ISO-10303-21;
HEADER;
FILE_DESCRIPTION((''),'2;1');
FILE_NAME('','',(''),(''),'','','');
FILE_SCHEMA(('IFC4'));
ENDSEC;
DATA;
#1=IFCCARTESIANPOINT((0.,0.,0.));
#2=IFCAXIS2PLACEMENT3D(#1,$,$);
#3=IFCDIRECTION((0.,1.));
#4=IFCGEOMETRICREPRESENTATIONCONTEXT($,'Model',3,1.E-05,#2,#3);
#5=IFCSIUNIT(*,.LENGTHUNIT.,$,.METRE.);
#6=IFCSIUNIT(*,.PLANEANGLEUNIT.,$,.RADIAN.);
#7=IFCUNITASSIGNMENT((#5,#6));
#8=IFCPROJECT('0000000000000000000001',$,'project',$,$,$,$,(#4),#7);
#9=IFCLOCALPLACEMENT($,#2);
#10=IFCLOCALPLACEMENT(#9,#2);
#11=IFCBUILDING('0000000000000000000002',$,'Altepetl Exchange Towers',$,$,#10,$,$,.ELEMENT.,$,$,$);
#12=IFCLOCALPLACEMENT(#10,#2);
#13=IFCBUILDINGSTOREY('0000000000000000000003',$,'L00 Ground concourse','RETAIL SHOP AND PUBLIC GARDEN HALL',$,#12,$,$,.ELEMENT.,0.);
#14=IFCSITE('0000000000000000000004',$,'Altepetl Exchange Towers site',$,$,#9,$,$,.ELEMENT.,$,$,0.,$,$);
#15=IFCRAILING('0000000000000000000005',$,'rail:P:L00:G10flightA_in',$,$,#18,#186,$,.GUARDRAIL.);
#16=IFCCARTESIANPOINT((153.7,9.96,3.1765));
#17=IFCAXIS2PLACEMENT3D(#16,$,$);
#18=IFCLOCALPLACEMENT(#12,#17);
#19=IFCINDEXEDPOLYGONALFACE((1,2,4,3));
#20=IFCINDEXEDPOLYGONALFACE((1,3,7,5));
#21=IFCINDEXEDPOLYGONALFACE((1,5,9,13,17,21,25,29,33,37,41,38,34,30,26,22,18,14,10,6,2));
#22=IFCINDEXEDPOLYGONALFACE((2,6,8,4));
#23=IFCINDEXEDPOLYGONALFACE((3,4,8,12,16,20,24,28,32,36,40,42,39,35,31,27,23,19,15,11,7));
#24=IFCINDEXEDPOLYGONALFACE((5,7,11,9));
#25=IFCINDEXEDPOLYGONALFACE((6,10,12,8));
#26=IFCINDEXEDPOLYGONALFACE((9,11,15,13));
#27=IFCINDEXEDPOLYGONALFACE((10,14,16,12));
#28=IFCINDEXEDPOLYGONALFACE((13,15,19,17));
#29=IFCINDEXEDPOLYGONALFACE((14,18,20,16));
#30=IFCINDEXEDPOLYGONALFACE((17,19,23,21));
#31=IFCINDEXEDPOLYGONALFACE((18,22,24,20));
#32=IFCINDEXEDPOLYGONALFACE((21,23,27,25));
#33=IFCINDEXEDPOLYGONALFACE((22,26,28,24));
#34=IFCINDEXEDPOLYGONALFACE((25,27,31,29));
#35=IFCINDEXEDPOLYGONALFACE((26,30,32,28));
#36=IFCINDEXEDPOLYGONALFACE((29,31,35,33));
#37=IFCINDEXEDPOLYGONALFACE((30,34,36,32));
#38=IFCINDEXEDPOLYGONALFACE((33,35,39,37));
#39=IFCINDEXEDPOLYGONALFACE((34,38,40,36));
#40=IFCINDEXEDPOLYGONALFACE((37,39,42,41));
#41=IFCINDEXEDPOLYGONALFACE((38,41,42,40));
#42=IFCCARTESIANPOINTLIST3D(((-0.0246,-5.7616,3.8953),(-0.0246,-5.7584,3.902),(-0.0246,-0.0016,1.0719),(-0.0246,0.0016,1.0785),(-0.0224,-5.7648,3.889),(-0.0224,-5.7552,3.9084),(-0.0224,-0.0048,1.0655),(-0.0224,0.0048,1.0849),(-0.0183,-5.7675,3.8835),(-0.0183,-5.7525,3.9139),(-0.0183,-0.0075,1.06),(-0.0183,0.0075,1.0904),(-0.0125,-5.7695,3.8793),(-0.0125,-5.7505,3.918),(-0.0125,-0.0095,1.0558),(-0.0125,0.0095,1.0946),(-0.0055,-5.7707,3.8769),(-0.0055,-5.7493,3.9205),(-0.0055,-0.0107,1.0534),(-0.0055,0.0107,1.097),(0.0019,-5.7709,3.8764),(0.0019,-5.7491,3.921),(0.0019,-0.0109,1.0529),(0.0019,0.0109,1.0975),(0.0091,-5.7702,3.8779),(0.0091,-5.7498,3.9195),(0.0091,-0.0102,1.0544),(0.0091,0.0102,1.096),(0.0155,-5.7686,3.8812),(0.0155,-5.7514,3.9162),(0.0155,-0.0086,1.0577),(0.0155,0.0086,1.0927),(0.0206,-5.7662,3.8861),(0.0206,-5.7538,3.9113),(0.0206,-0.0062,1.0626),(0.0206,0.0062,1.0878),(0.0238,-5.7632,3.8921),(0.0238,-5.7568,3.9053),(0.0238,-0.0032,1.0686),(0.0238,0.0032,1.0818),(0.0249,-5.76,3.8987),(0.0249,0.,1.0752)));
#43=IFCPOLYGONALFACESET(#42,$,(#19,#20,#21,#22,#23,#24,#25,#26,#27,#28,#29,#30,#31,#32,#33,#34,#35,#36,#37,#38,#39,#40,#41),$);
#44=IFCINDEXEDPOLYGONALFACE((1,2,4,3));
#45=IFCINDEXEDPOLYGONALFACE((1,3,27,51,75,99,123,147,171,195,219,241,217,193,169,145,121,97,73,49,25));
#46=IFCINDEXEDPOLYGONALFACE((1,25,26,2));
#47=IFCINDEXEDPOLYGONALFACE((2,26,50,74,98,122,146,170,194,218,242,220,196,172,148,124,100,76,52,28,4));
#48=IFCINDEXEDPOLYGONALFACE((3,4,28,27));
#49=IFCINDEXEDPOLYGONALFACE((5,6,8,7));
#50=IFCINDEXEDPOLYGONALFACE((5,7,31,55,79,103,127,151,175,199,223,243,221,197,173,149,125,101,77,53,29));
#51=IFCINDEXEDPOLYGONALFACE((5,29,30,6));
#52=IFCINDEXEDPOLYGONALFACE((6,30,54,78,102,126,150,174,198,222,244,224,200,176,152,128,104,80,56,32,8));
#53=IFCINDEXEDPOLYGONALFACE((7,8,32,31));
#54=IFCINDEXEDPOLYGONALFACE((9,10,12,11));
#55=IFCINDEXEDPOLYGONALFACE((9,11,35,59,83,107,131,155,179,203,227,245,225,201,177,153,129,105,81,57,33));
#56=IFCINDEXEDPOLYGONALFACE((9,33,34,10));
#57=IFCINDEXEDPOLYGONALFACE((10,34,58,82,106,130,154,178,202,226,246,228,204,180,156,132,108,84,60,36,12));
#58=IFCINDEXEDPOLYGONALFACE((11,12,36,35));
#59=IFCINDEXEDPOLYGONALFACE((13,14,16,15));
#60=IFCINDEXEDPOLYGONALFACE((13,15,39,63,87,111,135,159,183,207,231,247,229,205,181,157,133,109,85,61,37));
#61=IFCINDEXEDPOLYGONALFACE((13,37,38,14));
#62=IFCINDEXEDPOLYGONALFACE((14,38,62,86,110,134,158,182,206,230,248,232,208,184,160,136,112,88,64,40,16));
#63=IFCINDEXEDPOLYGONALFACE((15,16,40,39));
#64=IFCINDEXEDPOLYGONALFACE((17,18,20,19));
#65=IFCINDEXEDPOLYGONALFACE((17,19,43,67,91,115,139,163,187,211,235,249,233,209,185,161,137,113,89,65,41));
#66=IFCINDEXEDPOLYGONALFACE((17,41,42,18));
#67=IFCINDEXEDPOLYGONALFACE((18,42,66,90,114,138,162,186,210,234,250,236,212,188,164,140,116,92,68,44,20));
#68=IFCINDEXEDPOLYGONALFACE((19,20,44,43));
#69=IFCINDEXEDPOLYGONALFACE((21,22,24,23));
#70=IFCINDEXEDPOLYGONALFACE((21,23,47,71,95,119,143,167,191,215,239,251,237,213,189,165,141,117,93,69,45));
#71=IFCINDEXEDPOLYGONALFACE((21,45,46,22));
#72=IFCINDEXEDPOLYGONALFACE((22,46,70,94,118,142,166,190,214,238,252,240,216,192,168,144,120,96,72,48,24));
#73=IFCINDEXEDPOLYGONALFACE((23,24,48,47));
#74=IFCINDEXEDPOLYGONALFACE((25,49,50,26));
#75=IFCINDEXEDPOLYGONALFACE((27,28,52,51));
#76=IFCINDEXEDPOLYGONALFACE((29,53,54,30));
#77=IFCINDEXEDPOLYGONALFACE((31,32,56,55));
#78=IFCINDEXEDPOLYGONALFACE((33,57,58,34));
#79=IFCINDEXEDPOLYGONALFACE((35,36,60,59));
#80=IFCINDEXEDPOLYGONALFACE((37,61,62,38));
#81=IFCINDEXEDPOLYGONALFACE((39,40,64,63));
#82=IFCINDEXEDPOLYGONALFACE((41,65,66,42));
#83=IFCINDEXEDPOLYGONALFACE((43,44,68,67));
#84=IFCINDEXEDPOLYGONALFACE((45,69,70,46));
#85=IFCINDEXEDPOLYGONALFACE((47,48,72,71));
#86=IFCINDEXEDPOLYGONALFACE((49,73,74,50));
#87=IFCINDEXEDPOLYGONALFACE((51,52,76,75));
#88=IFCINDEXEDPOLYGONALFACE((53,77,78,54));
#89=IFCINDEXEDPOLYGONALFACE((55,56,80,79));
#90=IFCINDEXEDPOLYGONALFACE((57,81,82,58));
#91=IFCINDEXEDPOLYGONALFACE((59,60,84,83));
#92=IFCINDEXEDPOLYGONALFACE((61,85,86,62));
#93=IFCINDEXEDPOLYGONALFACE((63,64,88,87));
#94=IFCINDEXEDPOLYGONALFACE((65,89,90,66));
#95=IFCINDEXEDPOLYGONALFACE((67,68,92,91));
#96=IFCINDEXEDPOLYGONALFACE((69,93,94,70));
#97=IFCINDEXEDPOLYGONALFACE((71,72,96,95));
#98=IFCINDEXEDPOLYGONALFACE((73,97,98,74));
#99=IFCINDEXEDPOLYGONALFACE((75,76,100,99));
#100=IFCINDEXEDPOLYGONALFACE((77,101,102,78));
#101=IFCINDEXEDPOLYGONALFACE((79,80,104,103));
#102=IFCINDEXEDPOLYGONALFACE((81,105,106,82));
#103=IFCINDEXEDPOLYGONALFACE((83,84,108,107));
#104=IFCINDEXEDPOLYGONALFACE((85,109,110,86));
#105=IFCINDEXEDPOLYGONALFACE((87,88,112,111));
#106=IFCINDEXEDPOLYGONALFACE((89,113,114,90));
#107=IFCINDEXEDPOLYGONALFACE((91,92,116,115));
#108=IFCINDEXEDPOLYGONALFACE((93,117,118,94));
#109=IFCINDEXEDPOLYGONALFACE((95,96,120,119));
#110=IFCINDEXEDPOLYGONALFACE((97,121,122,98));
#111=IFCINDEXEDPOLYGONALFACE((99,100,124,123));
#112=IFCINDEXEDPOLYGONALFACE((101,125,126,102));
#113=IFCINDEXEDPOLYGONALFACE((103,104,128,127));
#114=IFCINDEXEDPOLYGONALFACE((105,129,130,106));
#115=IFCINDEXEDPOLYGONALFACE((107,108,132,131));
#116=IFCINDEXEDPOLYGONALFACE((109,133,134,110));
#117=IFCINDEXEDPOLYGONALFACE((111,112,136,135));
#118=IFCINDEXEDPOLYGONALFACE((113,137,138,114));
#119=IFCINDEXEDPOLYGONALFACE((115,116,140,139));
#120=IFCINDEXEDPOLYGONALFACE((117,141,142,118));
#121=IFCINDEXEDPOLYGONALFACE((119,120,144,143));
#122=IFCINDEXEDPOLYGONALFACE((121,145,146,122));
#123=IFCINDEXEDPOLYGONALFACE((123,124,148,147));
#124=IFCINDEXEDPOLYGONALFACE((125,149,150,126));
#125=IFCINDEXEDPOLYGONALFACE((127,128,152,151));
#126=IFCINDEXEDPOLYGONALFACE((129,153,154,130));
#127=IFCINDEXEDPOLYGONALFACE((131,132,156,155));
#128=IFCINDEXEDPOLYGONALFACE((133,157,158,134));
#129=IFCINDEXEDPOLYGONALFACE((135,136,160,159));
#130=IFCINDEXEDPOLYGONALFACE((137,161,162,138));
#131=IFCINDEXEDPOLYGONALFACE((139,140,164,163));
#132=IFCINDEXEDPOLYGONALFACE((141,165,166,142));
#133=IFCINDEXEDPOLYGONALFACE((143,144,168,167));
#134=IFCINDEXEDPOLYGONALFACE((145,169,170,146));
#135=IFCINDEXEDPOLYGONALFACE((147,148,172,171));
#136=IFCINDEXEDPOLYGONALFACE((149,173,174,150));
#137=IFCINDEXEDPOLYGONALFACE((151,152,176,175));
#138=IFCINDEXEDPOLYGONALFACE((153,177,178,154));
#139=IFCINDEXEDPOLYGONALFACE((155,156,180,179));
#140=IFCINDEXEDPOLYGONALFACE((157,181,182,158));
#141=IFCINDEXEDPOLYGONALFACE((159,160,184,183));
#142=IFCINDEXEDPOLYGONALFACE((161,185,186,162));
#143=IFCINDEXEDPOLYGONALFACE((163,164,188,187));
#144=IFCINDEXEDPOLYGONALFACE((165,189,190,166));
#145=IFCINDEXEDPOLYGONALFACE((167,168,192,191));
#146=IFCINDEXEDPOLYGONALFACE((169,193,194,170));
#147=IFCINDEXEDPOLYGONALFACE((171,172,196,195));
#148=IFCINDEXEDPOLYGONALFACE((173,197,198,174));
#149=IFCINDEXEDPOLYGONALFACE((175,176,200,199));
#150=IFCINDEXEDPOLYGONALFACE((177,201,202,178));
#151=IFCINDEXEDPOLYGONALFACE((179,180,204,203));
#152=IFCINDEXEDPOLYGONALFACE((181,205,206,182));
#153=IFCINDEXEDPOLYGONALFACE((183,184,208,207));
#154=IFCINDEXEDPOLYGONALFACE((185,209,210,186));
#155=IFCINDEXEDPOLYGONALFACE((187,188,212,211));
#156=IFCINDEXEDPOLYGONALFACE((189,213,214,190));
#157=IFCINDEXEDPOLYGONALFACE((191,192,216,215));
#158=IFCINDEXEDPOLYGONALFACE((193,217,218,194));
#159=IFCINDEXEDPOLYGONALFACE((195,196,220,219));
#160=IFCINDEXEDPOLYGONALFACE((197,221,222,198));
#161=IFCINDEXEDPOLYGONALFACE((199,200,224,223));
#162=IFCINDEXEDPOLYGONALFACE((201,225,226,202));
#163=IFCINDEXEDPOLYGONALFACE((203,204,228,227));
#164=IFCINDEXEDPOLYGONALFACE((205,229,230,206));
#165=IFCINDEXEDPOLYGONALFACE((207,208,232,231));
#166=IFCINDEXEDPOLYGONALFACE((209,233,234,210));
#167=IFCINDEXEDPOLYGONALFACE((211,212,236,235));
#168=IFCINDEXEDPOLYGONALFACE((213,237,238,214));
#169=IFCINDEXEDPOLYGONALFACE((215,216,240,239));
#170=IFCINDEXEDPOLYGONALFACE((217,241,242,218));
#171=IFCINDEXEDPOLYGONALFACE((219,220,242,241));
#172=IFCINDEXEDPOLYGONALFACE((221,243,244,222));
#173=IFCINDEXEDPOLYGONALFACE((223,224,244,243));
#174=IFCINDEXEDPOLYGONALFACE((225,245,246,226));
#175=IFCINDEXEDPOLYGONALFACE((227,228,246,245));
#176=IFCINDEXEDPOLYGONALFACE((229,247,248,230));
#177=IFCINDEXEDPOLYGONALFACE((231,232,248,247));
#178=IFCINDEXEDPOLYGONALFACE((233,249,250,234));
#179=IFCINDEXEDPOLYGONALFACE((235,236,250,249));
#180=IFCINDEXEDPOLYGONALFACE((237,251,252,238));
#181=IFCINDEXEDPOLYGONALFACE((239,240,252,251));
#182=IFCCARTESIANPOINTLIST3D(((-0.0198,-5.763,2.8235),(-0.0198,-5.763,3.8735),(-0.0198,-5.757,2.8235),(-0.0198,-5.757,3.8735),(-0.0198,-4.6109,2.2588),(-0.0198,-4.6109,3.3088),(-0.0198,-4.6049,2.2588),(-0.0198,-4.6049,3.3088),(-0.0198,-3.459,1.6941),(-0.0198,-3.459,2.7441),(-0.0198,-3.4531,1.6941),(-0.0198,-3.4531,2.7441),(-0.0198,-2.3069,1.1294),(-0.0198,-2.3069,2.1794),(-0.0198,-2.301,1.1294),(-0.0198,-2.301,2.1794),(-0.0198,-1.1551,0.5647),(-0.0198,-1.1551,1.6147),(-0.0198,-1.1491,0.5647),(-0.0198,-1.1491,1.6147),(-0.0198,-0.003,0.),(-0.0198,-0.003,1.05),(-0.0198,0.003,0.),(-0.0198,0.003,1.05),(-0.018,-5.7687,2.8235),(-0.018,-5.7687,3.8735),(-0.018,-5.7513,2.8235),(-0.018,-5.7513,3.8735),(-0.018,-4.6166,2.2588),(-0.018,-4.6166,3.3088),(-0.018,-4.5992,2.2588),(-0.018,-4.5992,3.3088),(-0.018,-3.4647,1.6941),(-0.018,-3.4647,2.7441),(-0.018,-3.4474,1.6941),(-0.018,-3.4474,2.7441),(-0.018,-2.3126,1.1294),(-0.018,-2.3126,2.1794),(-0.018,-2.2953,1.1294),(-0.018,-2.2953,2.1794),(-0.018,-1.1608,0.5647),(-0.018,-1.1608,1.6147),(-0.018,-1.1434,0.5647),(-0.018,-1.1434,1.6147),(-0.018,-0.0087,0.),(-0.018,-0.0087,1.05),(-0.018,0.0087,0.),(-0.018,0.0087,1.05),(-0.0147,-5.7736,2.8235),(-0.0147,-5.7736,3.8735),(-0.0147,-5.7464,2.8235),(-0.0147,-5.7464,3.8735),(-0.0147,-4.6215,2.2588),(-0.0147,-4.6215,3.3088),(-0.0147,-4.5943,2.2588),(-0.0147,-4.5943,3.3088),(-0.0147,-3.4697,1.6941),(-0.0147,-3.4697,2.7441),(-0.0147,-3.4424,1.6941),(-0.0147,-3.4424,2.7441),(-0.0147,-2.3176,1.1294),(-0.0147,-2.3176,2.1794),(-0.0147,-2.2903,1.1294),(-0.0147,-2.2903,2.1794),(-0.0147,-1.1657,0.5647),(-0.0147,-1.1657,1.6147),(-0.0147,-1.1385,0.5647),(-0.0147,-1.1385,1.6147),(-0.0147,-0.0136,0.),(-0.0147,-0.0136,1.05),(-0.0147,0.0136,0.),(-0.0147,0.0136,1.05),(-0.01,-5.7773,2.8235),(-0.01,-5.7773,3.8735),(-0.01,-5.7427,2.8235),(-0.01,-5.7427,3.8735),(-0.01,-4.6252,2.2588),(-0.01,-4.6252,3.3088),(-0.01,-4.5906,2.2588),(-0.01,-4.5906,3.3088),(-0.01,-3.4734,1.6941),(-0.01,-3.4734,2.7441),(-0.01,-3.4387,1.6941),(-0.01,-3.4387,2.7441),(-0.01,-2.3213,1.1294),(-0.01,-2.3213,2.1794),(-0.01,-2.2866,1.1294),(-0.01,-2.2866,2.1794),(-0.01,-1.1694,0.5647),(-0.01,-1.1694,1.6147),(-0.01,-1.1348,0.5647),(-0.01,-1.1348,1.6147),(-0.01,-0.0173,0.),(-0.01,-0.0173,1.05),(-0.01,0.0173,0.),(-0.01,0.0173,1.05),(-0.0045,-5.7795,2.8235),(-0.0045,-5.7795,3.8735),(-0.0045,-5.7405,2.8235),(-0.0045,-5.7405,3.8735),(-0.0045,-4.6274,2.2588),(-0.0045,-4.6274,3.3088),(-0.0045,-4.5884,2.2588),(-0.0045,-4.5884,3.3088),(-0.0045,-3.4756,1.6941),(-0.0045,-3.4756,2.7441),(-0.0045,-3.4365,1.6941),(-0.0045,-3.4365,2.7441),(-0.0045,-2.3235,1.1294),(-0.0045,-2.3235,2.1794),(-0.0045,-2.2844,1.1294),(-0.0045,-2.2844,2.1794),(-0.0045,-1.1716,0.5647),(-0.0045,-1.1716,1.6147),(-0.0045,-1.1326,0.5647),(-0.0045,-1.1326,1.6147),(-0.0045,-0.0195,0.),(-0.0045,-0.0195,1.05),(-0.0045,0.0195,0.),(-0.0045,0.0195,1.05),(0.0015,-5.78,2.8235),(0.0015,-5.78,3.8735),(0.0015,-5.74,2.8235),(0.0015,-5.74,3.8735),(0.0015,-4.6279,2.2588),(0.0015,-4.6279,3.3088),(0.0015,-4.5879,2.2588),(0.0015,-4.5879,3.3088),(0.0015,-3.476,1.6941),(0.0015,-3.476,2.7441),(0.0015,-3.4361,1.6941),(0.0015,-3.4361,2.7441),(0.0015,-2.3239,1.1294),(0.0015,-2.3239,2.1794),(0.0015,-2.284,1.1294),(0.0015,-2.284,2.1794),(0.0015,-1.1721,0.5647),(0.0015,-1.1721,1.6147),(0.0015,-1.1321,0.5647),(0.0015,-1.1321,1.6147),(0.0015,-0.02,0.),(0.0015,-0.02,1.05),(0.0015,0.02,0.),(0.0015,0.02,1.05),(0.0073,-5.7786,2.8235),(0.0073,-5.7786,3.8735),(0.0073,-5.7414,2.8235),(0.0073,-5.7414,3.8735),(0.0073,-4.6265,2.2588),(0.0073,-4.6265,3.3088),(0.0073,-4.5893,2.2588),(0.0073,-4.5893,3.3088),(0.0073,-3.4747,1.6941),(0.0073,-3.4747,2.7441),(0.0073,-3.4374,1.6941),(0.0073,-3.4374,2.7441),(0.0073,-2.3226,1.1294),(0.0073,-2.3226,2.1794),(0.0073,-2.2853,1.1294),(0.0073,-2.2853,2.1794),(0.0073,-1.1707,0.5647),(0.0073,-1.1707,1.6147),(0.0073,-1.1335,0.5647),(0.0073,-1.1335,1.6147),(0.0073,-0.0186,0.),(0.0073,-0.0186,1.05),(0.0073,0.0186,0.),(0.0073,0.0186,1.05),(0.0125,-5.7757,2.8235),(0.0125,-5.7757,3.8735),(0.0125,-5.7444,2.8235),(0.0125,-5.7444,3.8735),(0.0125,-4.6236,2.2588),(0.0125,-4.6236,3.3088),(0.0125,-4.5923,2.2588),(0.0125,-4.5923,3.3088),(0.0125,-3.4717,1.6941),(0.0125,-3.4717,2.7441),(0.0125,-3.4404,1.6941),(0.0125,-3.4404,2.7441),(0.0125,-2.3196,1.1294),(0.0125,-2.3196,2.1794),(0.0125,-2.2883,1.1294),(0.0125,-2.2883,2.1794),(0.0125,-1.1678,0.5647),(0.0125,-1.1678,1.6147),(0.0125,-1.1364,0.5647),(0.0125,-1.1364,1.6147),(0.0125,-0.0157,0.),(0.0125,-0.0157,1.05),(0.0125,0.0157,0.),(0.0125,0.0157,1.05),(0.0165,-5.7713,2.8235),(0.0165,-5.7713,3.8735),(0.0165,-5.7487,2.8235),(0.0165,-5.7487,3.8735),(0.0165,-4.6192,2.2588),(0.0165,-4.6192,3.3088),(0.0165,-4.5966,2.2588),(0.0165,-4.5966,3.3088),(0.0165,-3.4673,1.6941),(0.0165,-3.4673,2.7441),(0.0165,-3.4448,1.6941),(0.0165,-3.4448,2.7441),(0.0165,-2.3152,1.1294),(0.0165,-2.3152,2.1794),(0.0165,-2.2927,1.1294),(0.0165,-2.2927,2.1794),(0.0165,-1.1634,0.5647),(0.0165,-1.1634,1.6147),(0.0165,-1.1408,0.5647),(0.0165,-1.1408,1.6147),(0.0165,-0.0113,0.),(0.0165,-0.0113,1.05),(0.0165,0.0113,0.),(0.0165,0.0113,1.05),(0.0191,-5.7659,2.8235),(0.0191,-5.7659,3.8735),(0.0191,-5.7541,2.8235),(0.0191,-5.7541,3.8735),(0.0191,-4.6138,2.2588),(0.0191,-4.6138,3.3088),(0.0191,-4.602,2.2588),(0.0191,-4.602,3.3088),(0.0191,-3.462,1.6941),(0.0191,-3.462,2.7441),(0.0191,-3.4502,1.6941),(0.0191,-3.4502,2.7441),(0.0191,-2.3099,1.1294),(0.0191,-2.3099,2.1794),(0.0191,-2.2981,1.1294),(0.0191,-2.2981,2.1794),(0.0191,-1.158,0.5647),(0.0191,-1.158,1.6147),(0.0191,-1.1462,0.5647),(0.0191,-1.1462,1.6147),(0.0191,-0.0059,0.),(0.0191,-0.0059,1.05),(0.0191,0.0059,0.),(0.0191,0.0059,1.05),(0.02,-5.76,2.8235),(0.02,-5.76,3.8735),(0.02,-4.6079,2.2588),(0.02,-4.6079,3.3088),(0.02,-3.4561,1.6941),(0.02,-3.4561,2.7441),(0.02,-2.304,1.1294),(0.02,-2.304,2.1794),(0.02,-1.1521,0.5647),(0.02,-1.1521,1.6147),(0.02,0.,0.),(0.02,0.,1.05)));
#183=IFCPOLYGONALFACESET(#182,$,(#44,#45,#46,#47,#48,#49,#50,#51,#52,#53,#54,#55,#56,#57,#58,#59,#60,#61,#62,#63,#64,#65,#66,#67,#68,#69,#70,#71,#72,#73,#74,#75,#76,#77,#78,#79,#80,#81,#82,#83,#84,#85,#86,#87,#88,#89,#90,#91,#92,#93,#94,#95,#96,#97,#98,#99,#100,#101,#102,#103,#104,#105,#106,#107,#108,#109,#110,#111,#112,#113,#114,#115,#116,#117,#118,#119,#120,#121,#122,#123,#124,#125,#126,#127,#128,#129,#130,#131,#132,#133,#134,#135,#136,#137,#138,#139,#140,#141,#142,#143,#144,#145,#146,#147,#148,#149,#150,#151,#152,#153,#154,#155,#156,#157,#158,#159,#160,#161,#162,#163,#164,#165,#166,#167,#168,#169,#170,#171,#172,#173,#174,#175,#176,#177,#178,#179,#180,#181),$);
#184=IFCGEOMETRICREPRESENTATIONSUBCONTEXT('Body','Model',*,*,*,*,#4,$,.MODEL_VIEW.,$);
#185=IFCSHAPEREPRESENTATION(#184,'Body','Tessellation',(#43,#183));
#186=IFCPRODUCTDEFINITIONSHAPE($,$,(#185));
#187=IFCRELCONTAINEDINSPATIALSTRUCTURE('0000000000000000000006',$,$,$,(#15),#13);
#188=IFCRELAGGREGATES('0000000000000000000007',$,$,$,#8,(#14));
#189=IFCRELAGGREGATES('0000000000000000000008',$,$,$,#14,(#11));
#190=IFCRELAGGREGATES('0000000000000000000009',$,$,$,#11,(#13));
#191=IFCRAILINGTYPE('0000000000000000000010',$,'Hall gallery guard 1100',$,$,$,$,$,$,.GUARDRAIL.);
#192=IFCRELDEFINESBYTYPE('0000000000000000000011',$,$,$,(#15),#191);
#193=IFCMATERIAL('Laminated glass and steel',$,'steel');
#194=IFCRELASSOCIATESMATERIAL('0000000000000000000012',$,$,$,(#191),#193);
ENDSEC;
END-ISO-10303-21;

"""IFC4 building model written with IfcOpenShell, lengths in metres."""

from ifc_helpers import new_model, si_unit, direction, frame, origin, origin_2d, place, context, subcontext, project, spatial, circle, extrude, source, transform, mapped, material, type_object, element, save


model = new_model("IFC4")

# Units and contexts
model_context = context("Model", 3, precision=1e-05, world=origin(), true_north=direction((0.0, 1.0)))
body_context = subcontext(model_context, "Body", "Model", "MODEL_VIEW")
ifc_project = project(units=[si_unit("LENGTHUNIT", "METRE"), si_unit("PLANEANGLEUNIT", "RADIAN")], contexts=[model_context])

# Site, building, storey
site_placement = place(None, origin())
site = spatial("IfcSite", under=ifc_project, at=site_placement, Name="Altepetl Exchange Towers site", CompositionType="ELEMENT", RefElevation=0.0)
building_placement = place(site_placement, origin())
building = spatial("IfcBuilding", under=site, at=building_placement, Name="Altepetl Exchange Towers", CompositionType="ELEMENT")
storey_placement = place(building_placement, origin())
storey = spatial("IfcBuildingStorey", under=building, at=storey_placement, Name="L00 Ground concourse", Description="RETAIL SHOP AND PUBLIC GARDEN HALL", CompositionType="ELEMENT", Elevation=0.0)

# Railing
ifc_material_1 = material(Name="Laminated glass and steel", Category="steel")
railing_type_1 = type_object("IfcRailingType", Name="Hall gallery guard 1100", PredefinedType="GUARDRAIL", material=ifc_material_1)
shared_shape_1 = source(origin(), body_context, "Body", "SweptSolid", [
    extrude(circle(Radius=0.02, at=origin_2d()), origin(), (0.0, 0.0, 1.0), 1.05),
])
for number, where, name in (
    (1, (153.7, 9.96, 3.1765), "rail:P:L00:G10flightA_in"),
):
    element("IfcRailing", number, at=place(storey_placement, frame(where)), inside=storey, type_object=railing_type_1, Name=name, PredefinedType="GUARDRAIL", context=body_context, shape_type="SweptSolid", body=[
        extrude(circle(Radius=0.0249, at=origin_2d()), frame((0.0, 0.0, 1.0752), z_axis=(0.0, -0.897924, 0.440151), x_axis=(1.0, 0.0, 0.0)), (0.0, 0.0, 1.0), 6.4148),
        mapped(shared_shape_1, transform((0.0, 0.0, 0.0))),
        mapped(shared_shape_1, transform((0.0, -1.1521, 0.5647))),
        mapped(shared_shape_1, transform((0.0, -2.304, 1.1294))),
        mapped(shared_shape_1, transform((0.0, -3.4561, 1.6941))),
        mapped(shared_shape_1, transform((0.0, -4.6079, 2.2588))),
        mapped(shared_shape_1, transform((0.0, -5.76, 2.8235))),
    ])

save(model, "model.ifc")
